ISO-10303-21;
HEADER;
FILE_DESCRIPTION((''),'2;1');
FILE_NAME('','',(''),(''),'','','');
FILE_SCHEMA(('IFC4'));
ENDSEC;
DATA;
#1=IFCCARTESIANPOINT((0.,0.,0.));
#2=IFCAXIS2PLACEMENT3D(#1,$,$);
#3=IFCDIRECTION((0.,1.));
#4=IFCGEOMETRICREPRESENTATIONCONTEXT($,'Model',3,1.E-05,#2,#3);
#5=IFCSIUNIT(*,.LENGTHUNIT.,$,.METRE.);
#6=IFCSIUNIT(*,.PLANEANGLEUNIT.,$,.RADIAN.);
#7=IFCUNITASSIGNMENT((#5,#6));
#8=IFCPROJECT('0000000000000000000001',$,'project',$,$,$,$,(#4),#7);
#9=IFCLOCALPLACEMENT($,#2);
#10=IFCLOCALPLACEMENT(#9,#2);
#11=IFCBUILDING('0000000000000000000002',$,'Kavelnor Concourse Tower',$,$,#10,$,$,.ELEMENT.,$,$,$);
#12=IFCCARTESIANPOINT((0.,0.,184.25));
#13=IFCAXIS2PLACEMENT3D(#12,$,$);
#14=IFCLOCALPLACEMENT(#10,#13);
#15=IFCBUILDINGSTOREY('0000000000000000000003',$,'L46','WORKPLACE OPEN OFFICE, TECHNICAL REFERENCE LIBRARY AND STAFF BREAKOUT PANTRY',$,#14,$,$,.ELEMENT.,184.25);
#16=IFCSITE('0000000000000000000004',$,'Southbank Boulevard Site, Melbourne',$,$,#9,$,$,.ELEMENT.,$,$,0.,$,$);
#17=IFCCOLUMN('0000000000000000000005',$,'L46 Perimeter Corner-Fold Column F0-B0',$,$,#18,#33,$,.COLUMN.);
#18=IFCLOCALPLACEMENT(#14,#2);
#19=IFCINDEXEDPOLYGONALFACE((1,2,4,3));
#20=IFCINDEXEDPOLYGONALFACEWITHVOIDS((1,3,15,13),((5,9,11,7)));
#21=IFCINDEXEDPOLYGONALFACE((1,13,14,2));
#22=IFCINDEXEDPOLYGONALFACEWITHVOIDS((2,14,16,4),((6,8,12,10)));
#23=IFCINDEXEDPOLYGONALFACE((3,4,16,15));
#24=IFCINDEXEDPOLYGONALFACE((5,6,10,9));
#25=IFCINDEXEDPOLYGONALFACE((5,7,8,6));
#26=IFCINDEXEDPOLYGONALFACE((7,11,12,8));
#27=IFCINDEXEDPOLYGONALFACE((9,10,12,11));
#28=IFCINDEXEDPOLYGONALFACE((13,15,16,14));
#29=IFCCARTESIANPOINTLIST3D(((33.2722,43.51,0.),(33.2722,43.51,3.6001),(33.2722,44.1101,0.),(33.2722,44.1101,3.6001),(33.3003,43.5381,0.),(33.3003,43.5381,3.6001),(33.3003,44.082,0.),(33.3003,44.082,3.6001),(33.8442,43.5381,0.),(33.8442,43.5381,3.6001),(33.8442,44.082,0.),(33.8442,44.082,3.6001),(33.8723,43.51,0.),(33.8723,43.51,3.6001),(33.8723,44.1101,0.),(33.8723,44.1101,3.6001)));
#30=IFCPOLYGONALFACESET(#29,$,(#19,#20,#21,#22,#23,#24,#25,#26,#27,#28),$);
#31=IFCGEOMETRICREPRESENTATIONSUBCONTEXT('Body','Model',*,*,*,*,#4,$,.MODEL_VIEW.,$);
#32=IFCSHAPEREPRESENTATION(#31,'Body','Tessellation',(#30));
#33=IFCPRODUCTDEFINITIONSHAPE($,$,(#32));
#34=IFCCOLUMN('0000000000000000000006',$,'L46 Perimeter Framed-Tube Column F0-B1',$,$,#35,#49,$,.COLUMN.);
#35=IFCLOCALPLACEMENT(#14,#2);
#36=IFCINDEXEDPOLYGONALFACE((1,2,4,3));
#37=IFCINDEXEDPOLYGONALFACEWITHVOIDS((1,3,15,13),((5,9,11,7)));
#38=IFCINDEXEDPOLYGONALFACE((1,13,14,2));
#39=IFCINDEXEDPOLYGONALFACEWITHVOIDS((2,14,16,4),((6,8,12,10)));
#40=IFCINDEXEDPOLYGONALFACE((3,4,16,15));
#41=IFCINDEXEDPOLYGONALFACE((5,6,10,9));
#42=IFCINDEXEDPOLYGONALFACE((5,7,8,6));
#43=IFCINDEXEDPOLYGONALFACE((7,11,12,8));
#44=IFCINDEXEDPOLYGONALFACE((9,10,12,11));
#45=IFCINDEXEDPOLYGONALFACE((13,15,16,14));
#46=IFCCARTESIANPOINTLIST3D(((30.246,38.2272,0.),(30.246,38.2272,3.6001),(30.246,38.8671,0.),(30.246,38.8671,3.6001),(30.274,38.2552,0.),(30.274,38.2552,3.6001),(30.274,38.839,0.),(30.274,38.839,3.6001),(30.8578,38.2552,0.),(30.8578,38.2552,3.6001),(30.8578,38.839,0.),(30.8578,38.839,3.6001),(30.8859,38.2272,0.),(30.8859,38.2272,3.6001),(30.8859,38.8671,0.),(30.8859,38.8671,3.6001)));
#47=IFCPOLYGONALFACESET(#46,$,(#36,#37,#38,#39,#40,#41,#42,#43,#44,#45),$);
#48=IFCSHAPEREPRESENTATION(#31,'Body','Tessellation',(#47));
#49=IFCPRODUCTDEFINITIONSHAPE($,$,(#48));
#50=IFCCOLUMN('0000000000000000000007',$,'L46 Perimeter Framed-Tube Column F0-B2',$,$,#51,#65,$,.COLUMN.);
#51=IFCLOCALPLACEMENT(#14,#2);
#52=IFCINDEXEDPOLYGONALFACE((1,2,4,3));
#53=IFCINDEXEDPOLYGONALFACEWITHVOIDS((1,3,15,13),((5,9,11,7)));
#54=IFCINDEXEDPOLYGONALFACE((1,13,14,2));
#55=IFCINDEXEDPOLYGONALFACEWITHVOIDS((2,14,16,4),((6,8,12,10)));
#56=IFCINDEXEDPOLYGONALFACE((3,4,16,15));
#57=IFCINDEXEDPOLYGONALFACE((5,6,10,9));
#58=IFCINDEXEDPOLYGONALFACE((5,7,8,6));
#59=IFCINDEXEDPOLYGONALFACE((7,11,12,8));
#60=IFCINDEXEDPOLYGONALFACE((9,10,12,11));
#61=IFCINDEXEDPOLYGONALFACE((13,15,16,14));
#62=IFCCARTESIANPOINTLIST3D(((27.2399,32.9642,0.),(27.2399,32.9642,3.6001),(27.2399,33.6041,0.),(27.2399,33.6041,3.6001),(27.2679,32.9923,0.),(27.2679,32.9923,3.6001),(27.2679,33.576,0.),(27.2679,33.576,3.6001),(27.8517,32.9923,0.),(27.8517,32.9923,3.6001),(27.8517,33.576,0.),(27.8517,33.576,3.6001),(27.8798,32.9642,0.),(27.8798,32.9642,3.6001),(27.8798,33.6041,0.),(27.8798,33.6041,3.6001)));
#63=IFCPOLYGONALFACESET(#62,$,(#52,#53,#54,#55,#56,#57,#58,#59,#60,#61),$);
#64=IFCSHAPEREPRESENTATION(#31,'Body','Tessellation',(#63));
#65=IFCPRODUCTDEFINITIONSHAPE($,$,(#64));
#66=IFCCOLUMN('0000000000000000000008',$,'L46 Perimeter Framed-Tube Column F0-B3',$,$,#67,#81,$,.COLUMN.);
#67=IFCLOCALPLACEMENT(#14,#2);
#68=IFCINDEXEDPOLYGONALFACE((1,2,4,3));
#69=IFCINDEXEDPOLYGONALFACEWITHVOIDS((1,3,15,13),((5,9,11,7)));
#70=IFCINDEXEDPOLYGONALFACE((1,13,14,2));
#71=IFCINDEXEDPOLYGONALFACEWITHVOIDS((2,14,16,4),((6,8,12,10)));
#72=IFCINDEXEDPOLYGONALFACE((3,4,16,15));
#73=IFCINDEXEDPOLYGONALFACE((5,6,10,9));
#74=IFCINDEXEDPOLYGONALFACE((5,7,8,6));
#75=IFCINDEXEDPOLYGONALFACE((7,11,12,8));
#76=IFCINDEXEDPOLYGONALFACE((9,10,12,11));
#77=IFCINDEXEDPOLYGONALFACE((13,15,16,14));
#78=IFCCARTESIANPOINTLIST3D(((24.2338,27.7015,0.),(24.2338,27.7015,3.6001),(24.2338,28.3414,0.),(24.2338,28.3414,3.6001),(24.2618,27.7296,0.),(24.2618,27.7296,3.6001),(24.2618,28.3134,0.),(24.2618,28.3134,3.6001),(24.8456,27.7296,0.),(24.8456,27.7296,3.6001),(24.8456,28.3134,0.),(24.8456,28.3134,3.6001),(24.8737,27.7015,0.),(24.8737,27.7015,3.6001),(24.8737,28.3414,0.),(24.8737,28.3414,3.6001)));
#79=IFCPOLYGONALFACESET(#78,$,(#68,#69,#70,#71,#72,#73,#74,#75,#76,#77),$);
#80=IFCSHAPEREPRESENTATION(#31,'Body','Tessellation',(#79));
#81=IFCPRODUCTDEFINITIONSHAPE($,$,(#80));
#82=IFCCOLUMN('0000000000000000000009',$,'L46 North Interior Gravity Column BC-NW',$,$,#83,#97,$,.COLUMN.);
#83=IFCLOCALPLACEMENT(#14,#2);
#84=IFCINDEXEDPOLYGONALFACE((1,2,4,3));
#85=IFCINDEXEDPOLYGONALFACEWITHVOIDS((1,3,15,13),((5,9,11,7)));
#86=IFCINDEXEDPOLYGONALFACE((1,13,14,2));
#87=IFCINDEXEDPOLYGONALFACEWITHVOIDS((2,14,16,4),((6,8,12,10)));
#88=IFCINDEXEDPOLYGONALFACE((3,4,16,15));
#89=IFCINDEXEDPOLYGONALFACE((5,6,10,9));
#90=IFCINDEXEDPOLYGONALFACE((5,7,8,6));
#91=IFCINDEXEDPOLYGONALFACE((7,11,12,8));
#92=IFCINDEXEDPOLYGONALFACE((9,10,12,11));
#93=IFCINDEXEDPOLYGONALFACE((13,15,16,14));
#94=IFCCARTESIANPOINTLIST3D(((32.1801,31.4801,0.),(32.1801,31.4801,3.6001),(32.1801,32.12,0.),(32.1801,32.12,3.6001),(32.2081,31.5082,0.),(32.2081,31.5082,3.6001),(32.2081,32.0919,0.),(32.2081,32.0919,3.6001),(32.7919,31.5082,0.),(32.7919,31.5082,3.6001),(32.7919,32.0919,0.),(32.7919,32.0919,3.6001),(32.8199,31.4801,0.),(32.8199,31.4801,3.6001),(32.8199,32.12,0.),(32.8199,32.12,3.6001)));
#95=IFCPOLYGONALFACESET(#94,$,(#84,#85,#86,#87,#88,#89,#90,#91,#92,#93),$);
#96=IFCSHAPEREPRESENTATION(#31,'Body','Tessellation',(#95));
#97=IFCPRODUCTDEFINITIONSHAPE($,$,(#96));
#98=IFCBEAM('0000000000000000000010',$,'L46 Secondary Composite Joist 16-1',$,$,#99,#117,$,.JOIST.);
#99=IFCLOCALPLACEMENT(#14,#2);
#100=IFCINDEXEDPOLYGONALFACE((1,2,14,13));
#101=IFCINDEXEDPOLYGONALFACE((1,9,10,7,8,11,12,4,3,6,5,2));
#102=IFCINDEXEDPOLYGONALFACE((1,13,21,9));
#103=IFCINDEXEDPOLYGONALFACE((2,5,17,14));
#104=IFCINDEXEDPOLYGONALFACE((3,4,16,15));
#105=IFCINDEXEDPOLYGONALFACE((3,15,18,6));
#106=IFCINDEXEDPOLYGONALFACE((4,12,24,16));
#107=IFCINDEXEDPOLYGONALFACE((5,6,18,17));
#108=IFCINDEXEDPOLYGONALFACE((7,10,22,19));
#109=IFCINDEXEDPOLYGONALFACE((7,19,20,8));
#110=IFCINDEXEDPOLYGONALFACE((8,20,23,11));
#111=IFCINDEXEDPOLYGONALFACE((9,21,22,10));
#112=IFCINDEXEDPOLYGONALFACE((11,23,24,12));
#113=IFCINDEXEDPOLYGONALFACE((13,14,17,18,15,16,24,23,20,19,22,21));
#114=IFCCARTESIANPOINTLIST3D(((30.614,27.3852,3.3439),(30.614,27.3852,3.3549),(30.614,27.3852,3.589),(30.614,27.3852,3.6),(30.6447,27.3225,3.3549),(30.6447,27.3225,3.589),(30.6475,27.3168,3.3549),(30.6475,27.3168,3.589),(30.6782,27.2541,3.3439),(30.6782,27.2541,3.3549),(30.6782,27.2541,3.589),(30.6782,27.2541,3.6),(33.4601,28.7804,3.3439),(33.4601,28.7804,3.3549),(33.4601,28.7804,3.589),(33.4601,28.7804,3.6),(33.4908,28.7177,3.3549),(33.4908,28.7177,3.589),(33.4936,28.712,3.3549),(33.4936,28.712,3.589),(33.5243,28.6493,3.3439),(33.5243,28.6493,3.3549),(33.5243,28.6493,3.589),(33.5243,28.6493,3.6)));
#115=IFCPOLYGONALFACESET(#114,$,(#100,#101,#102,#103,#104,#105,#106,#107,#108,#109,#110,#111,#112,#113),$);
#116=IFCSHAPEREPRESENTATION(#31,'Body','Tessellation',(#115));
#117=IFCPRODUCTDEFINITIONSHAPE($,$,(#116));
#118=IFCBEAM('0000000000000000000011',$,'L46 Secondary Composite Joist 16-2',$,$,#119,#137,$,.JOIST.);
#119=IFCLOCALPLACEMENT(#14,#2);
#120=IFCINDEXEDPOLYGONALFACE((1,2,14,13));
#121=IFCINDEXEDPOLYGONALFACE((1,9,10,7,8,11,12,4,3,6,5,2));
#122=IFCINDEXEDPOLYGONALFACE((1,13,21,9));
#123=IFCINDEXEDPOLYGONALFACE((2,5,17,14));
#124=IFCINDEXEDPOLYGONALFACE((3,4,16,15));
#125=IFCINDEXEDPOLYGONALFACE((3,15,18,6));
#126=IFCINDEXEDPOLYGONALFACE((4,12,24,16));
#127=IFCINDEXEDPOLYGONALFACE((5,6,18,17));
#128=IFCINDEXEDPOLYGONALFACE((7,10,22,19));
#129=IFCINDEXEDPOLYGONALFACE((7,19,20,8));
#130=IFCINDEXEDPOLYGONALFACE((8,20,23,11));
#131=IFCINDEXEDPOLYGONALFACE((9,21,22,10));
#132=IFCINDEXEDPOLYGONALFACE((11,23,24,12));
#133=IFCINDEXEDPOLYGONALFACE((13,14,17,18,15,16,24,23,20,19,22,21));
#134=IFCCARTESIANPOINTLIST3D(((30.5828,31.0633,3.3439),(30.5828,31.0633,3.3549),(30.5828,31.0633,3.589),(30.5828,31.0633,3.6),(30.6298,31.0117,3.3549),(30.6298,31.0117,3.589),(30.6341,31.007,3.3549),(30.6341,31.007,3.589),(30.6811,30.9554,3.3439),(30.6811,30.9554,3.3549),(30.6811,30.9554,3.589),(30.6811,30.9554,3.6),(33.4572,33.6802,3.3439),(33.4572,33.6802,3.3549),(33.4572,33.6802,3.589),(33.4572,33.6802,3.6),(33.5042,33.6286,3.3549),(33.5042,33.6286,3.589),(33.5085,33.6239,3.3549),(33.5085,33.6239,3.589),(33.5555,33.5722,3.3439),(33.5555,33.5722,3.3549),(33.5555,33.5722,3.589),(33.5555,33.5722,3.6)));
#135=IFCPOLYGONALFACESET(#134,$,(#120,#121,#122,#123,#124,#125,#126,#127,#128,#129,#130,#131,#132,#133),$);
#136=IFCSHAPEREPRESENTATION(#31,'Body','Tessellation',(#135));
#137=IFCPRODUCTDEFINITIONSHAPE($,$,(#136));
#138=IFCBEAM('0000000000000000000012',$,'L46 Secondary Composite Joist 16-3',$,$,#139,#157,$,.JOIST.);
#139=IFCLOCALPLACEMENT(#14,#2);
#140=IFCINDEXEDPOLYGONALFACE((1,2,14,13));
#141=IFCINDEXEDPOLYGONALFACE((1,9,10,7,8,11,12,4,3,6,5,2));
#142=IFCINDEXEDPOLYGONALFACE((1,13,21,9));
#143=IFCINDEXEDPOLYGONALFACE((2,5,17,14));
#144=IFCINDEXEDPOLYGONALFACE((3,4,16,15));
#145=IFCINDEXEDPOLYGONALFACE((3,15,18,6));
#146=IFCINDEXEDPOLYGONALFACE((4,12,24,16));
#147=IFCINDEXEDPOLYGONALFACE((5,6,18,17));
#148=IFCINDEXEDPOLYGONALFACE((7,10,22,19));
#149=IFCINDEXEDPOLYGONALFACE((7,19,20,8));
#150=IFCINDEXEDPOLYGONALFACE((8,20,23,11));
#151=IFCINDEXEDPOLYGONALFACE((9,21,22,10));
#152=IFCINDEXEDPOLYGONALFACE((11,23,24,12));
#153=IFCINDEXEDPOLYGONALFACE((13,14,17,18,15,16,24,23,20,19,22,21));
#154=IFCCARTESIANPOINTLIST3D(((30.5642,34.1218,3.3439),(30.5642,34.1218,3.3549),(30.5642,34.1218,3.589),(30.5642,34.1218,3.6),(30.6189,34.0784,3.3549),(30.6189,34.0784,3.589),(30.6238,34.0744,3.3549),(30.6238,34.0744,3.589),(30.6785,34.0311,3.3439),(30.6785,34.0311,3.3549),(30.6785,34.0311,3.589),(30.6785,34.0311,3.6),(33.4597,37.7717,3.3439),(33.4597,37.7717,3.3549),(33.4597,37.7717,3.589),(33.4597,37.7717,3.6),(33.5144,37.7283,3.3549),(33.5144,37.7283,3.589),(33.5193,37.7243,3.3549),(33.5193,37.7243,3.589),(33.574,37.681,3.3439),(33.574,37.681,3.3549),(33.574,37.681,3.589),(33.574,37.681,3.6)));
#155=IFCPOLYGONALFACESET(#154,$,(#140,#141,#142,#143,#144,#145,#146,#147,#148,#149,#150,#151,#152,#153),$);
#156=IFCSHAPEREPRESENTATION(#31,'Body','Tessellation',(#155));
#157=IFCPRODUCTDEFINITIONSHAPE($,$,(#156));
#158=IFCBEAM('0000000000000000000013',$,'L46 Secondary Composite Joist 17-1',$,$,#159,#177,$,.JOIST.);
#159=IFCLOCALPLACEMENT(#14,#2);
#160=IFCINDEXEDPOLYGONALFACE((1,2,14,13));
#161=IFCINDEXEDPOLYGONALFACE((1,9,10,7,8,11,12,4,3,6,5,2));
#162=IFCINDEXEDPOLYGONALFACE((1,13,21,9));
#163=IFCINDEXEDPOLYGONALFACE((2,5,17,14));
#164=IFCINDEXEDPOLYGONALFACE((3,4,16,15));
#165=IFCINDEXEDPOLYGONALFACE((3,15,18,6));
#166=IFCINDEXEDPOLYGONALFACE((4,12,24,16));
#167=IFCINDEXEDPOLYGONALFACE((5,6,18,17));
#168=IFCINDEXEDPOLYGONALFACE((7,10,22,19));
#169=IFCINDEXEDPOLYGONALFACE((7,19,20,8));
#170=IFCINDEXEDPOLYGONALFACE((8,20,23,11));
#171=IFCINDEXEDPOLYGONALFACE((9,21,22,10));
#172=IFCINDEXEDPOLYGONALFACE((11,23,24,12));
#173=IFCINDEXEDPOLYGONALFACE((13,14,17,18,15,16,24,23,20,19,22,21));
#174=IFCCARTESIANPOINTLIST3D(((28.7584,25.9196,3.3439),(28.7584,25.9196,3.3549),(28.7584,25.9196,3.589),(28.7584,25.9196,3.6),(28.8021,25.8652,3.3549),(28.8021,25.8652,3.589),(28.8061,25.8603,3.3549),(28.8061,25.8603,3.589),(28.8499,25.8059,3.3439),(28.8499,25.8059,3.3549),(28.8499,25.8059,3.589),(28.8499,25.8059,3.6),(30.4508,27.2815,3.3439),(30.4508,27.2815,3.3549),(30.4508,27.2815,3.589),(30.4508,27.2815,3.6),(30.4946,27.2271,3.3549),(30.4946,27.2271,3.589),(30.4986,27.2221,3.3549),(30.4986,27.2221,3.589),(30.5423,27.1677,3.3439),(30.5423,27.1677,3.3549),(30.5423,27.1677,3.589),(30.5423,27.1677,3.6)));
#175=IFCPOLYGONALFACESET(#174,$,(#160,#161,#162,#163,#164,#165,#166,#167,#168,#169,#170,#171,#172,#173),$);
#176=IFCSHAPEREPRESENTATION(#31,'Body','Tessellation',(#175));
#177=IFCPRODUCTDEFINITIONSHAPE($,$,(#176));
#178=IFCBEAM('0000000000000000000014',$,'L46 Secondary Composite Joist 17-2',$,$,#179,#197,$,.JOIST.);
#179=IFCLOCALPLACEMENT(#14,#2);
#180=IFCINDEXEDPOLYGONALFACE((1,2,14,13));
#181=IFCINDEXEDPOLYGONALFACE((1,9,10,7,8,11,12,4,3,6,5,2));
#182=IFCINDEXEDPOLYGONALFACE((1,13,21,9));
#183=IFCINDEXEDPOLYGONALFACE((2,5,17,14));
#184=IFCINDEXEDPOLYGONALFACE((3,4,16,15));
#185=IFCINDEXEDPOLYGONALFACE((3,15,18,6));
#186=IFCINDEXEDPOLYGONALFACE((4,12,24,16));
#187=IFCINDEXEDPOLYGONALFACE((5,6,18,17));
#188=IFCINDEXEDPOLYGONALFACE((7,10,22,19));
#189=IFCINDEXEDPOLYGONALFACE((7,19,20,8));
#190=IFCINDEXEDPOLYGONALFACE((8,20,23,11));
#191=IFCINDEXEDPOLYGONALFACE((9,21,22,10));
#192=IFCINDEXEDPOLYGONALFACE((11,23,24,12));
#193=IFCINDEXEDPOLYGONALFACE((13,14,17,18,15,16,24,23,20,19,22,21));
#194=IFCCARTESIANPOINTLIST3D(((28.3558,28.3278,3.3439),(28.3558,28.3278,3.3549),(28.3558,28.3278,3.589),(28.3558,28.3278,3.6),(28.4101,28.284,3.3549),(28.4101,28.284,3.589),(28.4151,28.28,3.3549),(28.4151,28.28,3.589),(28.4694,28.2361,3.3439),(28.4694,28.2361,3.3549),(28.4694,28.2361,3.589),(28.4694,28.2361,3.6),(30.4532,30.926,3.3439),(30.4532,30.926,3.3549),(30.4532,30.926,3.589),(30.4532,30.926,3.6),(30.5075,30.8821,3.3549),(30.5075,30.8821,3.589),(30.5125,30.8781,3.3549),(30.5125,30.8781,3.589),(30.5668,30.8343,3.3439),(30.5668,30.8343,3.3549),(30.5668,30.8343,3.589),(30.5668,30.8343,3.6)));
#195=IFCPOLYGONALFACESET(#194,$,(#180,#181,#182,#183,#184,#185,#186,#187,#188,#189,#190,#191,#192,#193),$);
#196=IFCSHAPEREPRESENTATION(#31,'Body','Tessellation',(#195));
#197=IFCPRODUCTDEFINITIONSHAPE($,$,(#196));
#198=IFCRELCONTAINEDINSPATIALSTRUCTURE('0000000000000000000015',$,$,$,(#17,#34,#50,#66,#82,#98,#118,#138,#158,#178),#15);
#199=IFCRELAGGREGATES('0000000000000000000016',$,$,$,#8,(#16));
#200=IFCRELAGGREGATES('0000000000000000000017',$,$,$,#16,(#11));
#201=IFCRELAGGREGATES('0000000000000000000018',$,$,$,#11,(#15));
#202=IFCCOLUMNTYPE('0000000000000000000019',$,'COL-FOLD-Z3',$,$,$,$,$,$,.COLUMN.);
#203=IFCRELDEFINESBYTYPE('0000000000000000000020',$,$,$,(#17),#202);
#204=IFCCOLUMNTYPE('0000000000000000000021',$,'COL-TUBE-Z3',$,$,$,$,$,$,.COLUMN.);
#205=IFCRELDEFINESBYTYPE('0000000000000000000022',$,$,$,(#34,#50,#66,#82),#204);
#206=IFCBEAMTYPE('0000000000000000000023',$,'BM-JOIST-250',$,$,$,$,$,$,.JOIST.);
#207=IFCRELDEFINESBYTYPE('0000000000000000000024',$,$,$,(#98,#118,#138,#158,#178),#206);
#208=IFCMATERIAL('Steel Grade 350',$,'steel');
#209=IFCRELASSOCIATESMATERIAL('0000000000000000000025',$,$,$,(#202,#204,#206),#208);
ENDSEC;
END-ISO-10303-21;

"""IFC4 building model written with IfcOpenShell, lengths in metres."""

from ifc_helpers import new_model, si_unit, direction, frame, origin, origin_2d, place, context, subcontext, project, spatial, hollow_rectangle, i_section, extrude, material, material_profile, profile_set, type_object, element, save


model = new_model("IFC4")

# Units and contexts
model_context = context("Model", 3, precision=1e-05, world=origin(), true_north=direction((0.0, 1.0)))
body_context = subcontext(model_context, "Body", "Model", "MODEL_VIEW")
ifc_project = project(units=[si_unit("LENGTHUNIT", "METRE"), si_unit("PLANEANGLEUNIT", "RADIAN")], contexts=[model_context])

# Site, building, storey
site_placement = place(None, origin())
site = spatial("IfcSite", under=ifc_project, at=site_placement, Name="Southbank Boulevard Site, Melbourne", CompositionType="ELEMENT", RefElevation=0.0)
building_placement = place(site_placement, origin())
building = spatial("IfcBuilding", under=site, at=building_placement, Name="Kavelnor Concourse Tower", CompositionType="ELEMENT")
storey_placement = place(building_placement, frame((0.0, 0.0, 184.25)))
storey = spatial("IfcBuildingStorey", under=building, at=storey_placement, Name="L46", Description="WORKPLACE OPEN OFFICE, TECHNICAL REFERENCE LIBRARY AND STAFF BREAKOUT PANTRY", CompositionType="ELEMENT", Elevation=184.25)

# Columns
ifc_material_1 = material(Name="Steel Grade 350", Category="steel")
ifc_material_profile_1 = material_profile(ifc_material_1, hollow_rectangle(XDim=0.6001, YDim=0.6001, WallThickness=0.0281, at=origin_2d()), Name="SHS 600x600x28")
ifc_profile_set_1 = profile_set([ifc_material_profile_1], Name="Steel Grade 350")
column_type_1 = type_object("IfcColumnType", Name="COL-FOLD-Z3", PredefinedType="COLUMN", material=ifc_profile_set_1)
column_placement = place(storey_placement, frame((33.5723, 43.8101, 0.0), z_axis=(0.0, 0.0, 1.0), x_axis=(1.0, 0.0, 0.0)))
element("IfcColumn", 1, at=column_placement, inside=storey, type_object=column_type_1, Name="L46 Perimeter Corner-Fold Column F0-B0", PredefinedType="COLUMN", context=body_context, shape_type="SweptSolid", body=[
    extrude(hollow_rectangle(XDim=0.6001, YDim=0.6001, WallThickness=0.0281, at=origin_2d()), origin(), (0.0, 0.0, 1.0), 3.6001),
])
ifc_material_profile_2 = material_profile(ifc_material_1, hollow_rectangle(XDim=0.6399, YDim=0.6399, WallThickness=0.0281, at=origin_2d()), Name="SHS 640x640x28")
ifc_profile_set_2 = profile_set([ifc_material_profile_2], Name="Steel Grade 350")
column_type_2 = type_object("IfcColumnType", Name="COL-TUBE-Z3", PredefinedType="COLUMN", material=ifc_profile_set_2)
for number, where, z_axis, x_axis, name in (
    (2, (30.5659, 38.5471, 0.0), (0.0, 0.0, 1.0), (1.0, 0.0, 0.0), "L46 Perimeter Framed-Tube Column F0-B1"),
    (3, (27.5598, 33.2842, 0.0), (0.0, 0.0, 1.0), (1.0, 0.0, 0.0), "L46 Perimeter Framed-Tube Column F0-B2"),
    (4, (24.5537, 28.0215, 0.0), (0.0, 0.0, 1.0), (1.0, 0.0, 0.0), "L46 Perimeter Framed-Tube Column F0-B3"),
    (5, (32.5, 31.8, 0.0), (0.0, 0.0, 1.0), (1.0, 0.0, 0.0), "L46 North Interior Gravity Column BC-NW"),
):
    element("IfcColumn", number, at=place(storey_placement, frame(where, z_axis=z_axis, x_axis=x_axis)), inside=storey, type_object=column_type_2, Name=name, PredefinedType="COLUMN", context=body_context, shape_type="SweptSolid", body=[
        extrude(hollow_rectangle(XDim=0.6399, YDim=0.6399, WallThickness=0.0281, at=origin_2d()), origin(), (0.0, 0.0, 1.0), 3.6001),
    ])

# Beams
ifc_material_profile_3 = material_profile(ifc_material_1, i_section(OverallWidth=0.146, OverallDepth=0.2561, WebThickness=0.0063, FlangeThickness=0.011, at=origin_2d()), Name="250UB37")
ifc_profile_set_3 = profile_set([ifc_material_profile_3], Name="Steel Grade 350")
beam_type_1 = type_object("IfcBeamType", Name="BM-JOIST-250", PredefinedType="JOIST", material=ifc_profile_set_3)
beam_1_placement = place(storey_placement, frame((33.4922, 28.7148, 3.4719), z_axis=(-0.897912, -0.440175, 0.0), x_axis=(0.440175, -0.897912, 0.0)))
element("IfcBeam", 6, at=beam_1_placement, inside=storey, type_object=beam_type_1, Name="L46 Secondary Composite Joist 16-1", PredefinedType="JOIST", context=body_context, shape_type="SweptSolid", body=[
    extrude(i_section(OverallWidth=0.146, OverallDepth=0.2561, WebThickness=0.0063, FlangeThickness=0.011, at=origin_2d()), origin(), (0.0, 0.0, 1.0), 3.1697),
])
beam_2_placement = place(storey_placement, frame((33.5063, 33.6262, 3.4719), z_axis=(-0.73946, -0.673201, 0.0), x_axis=(0.673201, -0.73946, 0.0)))
element("IfcBeam", 7, at=beam_2_placement, inside=storey, type_object=beam_type_1, Name="L46 Secondary Composite Joist 16-2", PredefinedType="JOIST", context=body_context, shape_type="SweptSolid", body=[
    extrude(i_section(OverallWidth=0.146, OverallDepth=0.2561, WebThickness=0.0063, FlangeThickness=0.011, at=origin_2d()), origin(), (0.0, 0.0, 1.0), 3.8872),
])
beam_3_placement = place(storey_placement, frame((33.5168, 37.7263, 3.4719), z_axis=(-0.621495, -0.783418, 0.0), x_axis=(0.783418, -0.621495, 0.0)))
element("IfcBeam", 8, at=beam_3_placement, inside=storey, type_object=beam_type_1, Name="L46 Secondary Composite Joist 16-3", PredefinedType="JOIST", context=body_context, shape_type="SweptSolid", body=[
    extrude(i_section(OverallWidth=0.146, OverallDepth=0.2561, WebThickness=0.0063, FlangeThickness=0.011, at=origin_2d()), origin(), (0.0, 0.0, 1.0), 4.6589),
])
beam_4_placement = place(storey_placement, frame((30.4966, 27.2246, 3.4719), z_axis=(-0.779089, -0.626913, 0.0), x_axis=(0.626913, -0.779089, 0.0)))
element("IfcBeam", 9, at=beam_4_placement, inside=storey, type_object=beam_type_1, Name="L46 Secondary Composite Joist 17-1", PredefinedType="JOIST", context=body_context, shape_type="SweptSolid", body=[
    extrude(i_section(OverallWidth=0.146, OverallDepth=0.2561, WebThickness=0.0063, FlangeThickness=0.011, at=origin_2d()), origin(), (0.0, 0.0, 1.0), 2.1724),
])
beam_5_placement = place(storey_placement, frame((30.51, 30.8801, 3.4719), z_axis=(-0.62814, -0.778101, 0.0), x_axis=(0.778101, -0.62814, 0.0)))
element("IfcBeam", 10, at=beam_5_placement, inside=storey, type_object=beam_type_1, Name="L46 Secondary Composite Joist 17-2", PredefinedType="JOIST", context=body_context, shape_type="SweptSolid", body=[
    extrude(i_section(OverallWidth=0.146, OverallDepth=0.2561, WebThickness=0.0063, FlangeThickness=0.011, at=origin_2d()), origin(), (0.0, 0.0, 1.0), 3.3391),
])

save(model, "model.ifc")
